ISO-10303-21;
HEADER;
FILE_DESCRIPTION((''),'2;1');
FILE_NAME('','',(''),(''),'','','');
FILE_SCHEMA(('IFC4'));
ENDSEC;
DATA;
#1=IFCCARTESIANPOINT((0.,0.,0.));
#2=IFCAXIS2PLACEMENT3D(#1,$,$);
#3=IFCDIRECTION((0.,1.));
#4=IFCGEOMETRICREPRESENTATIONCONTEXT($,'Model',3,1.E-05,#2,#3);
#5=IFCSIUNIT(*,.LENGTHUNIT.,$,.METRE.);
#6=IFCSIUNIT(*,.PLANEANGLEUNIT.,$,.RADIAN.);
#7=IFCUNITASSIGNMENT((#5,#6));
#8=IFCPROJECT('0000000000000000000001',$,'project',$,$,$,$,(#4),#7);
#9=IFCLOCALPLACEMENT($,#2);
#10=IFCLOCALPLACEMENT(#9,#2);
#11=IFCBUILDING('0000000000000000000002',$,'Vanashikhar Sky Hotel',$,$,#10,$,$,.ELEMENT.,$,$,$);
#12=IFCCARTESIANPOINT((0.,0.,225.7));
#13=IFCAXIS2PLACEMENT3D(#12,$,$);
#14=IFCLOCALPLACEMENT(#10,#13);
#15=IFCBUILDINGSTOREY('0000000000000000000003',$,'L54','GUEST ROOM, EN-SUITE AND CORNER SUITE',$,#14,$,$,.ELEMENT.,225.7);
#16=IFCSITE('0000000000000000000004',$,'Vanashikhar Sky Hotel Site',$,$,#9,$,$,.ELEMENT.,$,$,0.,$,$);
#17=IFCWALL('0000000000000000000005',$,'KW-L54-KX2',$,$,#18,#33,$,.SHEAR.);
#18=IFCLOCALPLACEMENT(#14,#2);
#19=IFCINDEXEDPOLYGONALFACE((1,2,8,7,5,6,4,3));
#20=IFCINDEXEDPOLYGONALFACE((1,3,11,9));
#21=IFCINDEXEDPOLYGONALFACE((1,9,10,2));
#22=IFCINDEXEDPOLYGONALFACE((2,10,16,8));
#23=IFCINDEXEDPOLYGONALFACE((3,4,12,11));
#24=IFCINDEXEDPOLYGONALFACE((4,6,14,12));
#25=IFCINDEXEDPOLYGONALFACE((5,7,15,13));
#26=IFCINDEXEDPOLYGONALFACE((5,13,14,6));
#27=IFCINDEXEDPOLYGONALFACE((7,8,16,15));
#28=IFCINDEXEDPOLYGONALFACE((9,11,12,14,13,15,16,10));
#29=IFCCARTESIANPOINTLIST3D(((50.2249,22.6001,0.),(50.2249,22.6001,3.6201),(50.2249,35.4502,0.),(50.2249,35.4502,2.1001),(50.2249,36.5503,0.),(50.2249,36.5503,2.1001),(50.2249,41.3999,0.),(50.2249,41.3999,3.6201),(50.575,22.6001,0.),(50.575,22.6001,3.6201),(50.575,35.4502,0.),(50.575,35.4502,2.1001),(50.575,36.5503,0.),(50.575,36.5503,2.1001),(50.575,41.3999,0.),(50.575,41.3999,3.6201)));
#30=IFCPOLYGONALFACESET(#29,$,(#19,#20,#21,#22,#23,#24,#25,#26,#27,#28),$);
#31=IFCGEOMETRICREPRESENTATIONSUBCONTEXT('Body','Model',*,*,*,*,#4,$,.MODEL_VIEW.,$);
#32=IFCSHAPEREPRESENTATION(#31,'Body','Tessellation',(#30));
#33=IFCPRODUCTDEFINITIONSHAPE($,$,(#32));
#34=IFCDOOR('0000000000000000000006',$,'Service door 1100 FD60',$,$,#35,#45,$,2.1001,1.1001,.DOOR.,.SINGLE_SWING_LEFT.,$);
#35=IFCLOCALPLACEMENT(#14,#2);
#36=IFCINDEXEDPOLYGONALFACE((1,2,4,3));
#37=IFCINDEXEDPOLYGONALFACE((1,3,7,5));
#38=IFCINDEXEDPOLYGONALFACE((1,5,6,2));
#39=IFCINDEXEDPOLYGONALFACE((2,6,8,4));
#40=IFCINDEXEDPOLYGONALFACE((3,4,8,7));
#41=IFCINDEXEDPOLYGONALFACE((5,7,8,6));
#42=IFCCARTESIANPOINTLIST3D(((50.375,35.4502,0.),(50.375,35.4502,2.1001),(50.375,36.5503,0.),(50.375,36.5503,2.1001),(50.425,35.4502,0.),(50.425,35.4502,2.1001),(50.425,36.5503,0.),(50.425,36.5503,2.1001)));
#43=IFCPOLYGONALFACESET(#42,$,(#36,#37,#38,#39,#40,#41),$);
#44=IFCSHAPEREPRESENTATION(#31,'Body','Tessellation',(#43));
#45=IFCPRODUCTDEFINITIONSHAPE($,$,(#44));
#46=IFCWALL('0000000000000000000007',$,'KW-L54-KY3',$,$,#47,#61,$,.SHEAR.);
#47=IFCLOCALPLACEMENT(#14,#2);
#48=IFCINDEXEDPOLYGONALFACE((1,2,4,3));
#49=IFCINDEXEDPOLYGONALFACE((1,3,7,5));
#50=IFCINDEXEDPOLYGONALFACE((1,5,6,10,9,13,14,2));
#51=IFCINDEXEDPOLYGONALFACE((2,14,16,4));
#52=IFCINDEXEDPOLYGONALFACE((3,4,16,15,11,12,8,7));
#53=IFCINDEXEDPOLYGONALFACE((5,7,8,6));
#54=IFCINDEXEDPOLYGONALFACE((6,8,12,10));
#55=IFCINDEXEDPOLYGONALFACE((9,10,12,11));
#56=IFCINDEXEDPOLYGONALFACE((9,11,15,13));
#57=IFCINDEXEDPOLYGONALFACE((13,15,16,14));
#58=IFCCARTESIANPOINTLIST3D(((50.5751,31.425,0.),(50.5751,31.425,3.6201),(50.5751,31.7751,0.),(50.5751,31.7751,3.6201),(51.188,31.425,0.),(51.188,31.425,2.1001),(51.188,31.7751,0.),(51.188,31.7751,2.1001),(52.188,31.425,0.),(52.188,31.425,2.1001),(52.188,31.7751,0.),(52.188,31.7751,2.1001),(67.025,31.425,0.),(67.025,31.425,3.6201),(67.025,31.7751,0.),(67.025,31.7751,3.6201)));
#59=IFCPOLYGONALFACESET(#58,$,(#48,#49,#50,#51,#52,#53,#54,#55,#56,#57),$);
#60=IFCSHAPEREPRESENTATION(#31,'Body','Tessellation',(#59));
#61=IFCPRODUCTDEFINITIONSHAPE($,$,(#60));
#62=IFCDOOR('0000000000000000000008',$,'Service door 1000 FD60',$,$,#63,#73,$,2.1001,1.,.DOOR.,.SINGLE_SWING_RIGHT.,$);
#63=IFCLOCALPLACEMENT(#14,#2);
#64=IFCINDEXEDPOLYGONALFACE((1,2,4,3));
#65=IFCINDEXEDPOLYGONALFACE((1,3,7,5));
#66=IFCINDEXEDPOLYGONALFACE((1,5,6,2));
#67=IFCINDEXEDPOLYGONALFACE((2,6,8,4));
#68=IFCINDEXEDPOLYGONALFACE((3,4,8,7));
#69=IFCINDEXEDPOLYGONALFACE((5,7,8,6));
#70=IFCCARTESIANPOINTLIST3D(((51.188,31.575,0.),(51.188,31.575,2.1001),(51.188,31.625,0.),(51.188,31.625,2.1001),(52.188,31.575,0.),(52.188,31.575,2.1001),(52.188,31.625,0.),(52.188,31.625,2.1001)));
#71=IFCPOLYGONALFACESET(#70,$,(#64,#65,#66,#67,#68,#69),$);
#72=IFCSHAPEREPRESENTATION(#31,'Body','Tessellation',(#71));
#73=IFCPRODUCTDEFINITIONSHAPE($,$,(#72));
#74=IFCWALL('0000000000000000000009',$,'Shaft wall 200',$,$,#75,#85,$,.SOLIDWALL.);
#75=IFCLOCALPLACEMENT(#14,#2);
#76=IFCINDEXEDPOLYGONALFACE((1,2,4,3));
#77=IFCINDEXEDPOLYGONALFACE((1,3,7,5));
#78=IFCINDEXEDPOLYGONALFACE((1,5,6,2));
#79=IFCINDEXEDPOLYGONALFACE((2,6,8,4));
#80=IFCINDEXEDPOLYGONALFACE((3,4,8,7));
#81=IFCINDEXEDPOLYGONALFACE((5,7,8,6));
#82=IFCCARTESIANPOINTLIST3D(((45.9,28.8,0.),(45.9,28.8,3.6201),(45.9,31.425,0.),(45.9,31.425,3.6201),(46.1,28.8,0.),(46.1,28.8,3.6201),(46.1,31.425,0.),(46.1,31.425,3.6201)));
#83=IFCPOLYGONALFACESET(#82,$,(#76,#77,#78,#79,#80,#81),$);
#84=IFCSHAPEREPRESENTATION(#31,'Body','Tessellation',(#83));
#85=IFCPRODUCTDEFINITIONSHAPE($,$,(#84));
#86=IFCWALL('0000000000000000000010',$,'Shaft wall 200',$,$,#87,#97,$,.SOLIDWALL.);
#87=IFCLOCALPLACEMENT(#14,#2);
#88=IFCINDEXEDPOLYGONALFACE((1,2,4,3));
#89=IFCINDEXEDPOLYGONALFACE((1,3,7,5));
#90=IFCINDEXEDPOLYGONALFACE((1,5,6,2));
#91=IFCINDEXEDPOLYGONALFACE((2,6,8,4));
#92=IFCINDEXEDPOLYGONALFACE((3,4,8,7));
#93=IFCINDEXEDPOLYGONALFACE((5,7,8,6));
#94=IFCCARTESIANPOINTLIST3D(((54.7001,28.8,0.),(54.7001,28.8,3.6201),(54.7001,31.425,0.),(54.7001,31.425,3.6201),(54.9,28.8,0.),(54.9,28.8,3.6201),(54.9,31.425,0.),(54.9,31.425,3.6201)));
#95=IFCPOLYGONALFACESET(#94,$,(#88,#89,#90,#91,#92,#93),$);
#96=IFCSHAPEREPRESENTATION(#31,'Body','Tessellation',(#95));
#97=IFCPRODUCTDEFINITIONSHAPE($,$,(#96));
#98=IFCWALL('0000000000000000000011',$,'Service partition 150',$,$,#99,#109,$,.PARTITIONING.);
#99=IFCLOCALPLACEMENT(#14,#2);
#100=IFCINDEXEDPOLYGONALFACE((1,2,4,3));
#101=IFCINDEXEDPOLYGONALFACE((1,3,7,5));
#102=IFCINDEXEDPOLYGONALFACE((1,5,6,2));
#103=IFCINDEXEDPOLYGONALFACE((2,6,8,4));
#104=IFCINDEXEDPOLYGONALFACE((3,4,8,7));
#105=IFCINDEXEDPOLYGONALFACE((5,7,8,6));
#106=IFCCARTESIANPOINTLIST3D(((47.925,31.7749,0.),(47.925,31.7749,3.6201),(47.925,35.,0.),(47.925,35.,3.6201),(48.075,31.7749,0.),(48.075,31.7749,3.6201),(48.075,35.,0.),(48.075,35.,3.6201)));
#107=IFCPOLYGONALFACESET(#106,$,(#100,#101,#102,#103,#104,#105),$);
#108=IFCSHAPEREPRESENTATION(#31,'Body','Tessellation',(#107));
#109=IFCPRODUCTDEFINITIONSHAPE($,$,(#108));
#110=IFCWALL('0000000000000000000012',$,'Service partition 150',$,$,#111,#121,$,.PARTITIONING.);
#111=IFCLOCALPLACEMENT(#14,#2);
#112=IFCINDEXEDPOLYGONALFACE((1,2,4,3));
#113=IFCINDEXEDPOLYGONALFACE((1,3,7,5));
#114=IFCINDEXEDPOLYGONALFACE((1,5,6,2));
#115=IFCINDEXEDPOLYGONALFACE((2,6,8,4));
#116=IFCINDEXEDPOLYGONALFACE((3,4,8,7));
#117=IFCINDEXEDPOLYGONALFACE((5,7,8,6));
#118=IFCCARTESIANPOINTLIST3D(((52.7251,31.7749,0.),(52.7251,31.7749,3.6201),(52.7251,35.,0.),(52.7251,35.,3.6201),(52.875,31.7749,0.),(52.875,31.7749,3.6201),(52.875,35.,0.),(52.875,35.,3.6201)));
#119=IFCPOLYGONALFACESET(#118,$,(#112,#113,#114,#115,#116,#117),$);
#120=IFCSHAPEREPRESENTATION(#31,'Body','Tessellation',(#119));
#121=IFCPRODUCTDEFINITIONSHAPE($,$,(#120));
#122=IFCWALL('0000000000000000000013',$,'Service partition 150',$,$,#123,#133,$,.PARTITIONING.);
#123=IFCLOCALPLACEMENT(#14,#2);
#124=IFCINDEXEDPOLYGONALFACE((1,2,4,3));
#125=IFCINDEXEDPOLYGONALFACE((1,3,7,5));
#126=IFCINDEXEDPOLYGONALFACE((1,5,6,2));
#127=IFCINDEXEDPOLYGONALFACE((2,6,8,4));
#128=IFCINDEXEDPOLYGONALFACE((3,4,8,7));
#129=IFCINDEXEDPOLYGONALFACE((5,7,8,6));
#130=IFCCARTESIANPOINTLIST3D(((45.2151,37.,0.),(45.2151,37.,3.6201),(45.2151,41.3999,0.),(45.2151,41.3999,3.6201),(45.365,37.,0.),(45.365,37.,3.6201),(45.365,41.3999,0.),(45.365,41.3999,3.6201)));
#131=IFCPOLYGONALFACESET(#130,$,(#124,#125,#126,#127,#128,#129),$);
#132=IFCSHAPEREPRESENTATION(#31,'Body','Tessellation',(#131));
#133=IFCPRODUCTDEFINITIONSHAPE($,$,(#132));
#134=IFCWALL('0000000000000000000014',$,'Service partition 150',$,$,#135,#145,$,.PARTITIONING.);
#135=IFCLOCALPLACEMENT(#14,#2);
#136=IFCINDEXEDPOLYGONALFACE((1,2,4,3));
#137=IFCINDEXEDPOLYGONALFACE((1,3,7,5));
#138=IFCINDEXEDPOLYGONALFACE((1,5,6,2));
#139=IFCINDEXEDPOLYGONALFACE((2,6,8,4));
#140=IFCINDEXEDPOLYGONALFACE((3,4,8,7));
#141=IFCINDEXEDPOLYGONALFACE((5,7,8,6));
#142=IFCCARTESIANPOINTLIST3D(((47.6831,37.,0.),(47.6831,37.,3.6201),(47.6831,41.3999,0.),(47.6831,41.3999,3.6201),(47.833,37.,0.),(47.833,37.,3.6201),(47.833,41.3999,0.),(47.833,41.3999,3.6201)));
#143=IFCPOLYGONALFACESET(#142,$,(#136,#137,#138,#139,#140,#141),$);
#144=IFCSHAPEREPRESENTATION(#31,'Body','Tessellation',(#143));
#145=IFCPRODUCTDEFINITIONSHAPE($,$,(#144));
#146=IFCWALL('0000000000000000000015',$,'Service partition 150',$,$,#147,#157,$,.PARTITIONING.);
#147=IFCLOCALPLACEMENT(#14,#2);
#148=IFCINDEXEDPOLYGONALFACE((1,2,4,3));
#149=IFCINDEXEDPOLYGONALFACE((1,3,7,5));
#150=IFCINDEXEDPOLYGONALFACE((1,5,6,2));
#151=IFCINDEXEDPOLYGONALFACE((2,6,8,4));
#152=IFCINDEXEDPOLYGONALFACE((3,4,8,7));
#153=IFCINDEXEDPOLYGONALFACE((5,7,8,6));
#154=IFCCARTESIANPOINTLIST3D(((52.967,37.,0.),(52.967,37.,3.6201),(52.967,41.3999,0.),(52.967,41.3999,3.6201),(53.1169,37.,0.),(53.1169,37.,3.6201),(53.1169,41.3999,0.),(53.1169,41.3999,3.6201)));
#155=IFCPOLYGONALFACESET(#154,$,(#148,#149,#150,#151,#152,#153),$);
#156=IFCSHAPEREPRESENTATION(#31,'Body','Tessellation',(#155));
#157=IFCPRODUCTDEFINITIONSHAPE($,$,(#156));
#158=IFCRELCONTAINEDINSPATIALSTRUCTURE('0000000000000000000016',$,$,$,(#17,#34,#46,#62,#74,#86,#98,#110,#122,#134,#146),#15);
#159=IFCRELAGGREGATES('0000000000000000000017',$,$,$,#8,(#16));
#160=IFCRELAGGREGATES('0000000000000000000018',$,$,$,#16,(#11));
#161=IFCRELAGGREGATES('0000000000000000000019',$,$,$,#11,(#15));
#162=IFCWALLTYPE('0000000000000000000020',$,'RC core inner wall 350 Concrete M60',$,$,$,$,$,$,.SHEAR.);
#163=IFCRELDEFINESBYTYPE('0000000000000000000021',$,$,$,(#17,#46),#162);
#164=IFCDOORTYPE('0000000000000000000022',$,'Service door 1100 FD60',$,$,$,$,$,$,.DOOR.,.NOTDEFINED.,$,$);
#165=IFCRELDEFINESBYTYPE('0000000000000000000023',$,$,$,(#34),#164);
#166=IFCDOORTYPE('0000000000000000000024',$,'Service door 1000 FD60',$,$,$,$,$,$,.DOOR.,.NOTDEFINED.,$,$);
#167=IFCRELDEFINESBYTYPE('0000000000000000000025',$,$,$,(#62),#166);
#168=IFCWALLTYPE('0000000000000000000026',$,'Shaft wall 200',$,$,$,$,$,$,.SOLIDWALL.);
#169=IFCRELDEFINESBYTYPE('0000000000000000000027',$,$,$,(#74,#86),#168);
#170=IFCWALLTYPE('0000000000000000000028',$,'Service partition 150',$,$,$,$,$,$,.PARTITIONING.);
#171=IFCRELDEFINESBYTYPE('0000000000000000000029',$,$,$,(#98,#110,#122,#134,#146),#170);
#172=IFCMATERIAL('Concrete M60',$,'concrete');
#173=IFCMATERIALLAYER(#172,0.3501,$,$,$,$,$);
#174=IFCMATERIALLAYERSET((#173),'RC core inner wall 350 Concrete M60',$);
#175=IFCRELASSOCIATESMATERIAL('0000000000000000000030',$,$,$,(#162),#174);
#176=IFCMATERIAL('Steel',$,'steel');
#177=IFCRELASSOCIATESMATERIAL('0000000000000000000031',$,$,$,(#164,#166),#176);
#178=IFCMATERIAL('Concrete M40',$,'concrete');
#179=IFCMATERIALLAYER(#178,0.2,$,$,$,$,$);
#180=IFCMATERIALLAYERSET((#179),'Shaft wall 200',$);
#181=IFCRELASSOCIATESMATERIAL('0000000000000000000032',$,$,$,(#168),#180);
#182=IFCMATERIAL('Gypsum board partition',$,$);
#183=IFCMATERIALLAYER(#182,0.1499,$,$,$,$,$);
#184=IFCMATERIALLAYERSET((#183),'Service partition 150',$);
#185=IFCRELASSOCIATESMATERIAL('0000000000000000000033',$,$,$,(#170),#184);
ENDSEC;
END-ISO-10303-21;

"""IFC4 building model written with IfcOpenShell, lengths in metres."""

from ifc_helpers import new_model, si_unit, direction, frame, frame_2d, origin, place, context, subcontext, project, spatial, rectangle, extrude, source, transform, mapped, material, layer, layer_set, type_object, element, fill, save


model = new_model("IFC4")

# Units and contexts
model_context = context("Model", 3, precision=1e-05, world=origin(), true_north=direction((0.0, 1.0)))
body_context = subcontext(model_context, "Body", "Model", "MODEL_VIEW")
ifc_project = project(units=[si_unit("LENGTHUNIT", "METRE"), si_unit("PLANEANGLEUNIT", "RADIAN")], contexts=[model_context])

# Site, building, storey
site_placement = place(None, origin())
site = spatial("IfcSite", under=ifc_project, at=site_placement, Name="Vanashikhar Sky Hotel Site", CompositionType="ELEMENT", RefElevation=0.0)
building_placement = place(site_placement, origin())
building = spatial("IfcBuilding", under=site, at=building_placement, Name="Vanashikhar Sky Hotel", CompositionType="ELEMENT")
storey_placement = place(building_placement, frame((0.0, 0.0, 225.7)))
storey = spatial("IfcBuildingStorey", under=building, at=storey_placement, Name="L54", Description="GUEST ROOM, EN-SUITE AND CORNER SUITE", CompositionType="ELEMENT", Elevation=225.7)

# Walls, openings, doors
ifc_material_1 = material(Name="Concrete M60", Category="concrete")
ifc_layer_1 = layer(ifc_material_1, 0.3501)
ifc_layer_set_1 = layer_set([ifc_layer_1], Name="RC core inner wall 350 Concrete M60")
wall_type_1 = type_object("IfcWallType", Name="RC core inner wall 350 Concrete M60", PredefinedType="SHEAR", material=ifc_layer_set_1)
shared_shape_1 = source(origin(), body_context, "Body", "SweptSolid", [
    extrude(rectangle(XDim=18.7998, YDim=0.3501, at=frame_2d((9.3999, 0.0))), origin(), (0.0, 0.0, 1.0), 3.6201),
])
wall_1_placement = place(storey_placement, frame((50.3999, 22.6001, 0.0), z_axis=(0.0, 0.0, 1.0), x_axis=(0.0, 1.0, 0.0)))
wall_1 = element("IfcWall", 1, at=wall_1_placement, inside=storey, type_object=wall_type_1, Name="KW-L54-KX2", PredefinedType="SHEAR", context=body_context, shape_type="MappedRepresentation", body=[
    mapped(shared_shape_1, transform((0.0, 0.0, 0.0), scale=1.0)),
])
shared_shape_2 = source(origin(), body_context, "Body", "SweptSolid", [
    extrude(rectangle(XDim=1.1001, YDim=2.1001, at=frame_2d((0.55, 1.05))), frame((0.0, 0.1851, 0.0), z_axis=(0.0, -1.0, 0.0), x_axis=(1.0, 0.0, 0.0)), (0.0, 0.0, 1.0), 0.3701),
])
opening_1_placement = place(wall_1_placement, frame((12.8501, 0.0, 0.0)))
opening_1 = element("IfcOpeningElement", 2, at=opening_1_placement, cuts=wall_1, PredefinedType="OPENING", context=body_context, shape_type="MappedRepresentation", body=[
    mapped(shared_shape_2, transform((0.0, 0.0, 0.0), scale=1.0)),
])
ifc_material_2 = material(Name="Steel", Category="steel")
door_type_1 = type_object("IfcDoorType", Name="Service door 1100 FD60", OperationType="NOTDEFINED", PredefinedType="DOOR", material=ifc_material_2)
shared_shape_3 = source(origin(), body_context, "Body", "SweptSolid", [
    extrude(rectangle(XDim=1.1001, YDim=2.1001, at=frame_2d((0.55, 1.05))), frame((0.0, 0.0249, 0.0), z_axis=(0.0, -1.0, 0.0), x_axis=(1.0, 0.0, 0.0)), (0.0, 0.0, 1.0), 0.05),
])
door_1_placement = place(opening_1_placement, origin())
door_1 = element("IfcDoor", 3, at=door_1_placement, inside=storey, type_object=door_type_1, Name="Service door 1100 FD60", OperationType="SINGLE_SWING_LEFT", OverallHeight=2.1001, OverallWidth=1.1001, PredefinedType="DOOR", context=body_context, shape_type="MappedRepresentation", body=[
    mapped(shared_shape_3, transform((0.0, 0.0, 0.0), scale=1.0)),
])
fill(opening_1, door_1)
shared_shape_4 = source(origin(), body_context, "Body", "SweptSolid", [
    extrude(rectangle(XDim=16.45, YDim=0.3501, at=frame_2d((8.2251, 0.0))), origin(), (0.0, 0.0, 1.0), 3.6201),
])
wall_2_placement = place(storey_placement, frame((50.575, 31.6001, 0.0), z_axis=(0.0, 0.0, 1.0), x_axis=(1.0, 0.0, 0.0)))
wall_2 = element("IfcWall", 4, at=wall_2_placement, inside=storey, type_object=wall_type_1, Name="KW-L54-KY3", PredefinedType="SHEAR", context=body_context, shape_type="MappedRepresentation", body=[
    mapped(shared_shape_4, transform((0.0, 0.0, 0.0), scale=1.0)),
])
shared_shape_5 = source(origin(), body_context, "Body", "SweptSolid", [
    extrude(rectangle(XDim=1.0, YDim=2.1001, at=frame_2d((0.5, 1.05))), frame((0.0, 0.1851, 0.0), z_axis=(0.0, -1.0, 0.0), x_axis=(1.0, 0.0, 0.0)), (0.0, 0.0, 1.0), 0.3701),
])
opening_2_placement = place(wall_2_placement, frame((0.613, 0.0, 0.0)))
opening_2 = element("IfcOpeningElement", 5, at=opening_2_placement, cuts=wall_2, PredefinedType="OPENING", context=body_context, shape_type="MappedRepresentation", body=[
    mapped(shared_shape_5, transform((0.0, 0.0, 0.0), scale=1.0)),
])
door_type_2 = type_object("IfcDoorType", Name="Service door 1000 FD60", OperationType="NOTDEFINED", PredefinedType="DOOR", material=ifc_material_2)
shared_shape_6 = source(origin(), body_context, "Body", "SweptSolid", [
    extrude(rectangle(XDim=1.0, YDim=2.1001, at=frame_2d((0.5, 1.05))), frame((0.0, 0.0249, 0.0), z_axis=(0.0, -1.0, 0.0), x_axis=(1.0, 0.0, 0.0)), (0.0, 0.0, 1.0), 0.05),
])
door_2_placement = place(opening_2_placement, origin())
door_2 = element("IfcDoor", 6, at=door_2_placement, inside=storey, type_object=door_type_2, Name="Service door 1000 FD60", OperationType="SINGLE_SWING_RIGHT", OverallHeight=2.1001, OverallWidth=1.0, PredefinedType="DOOR", context=body_context, shape_type="MappedRepresentation", body=[
    mapped(shared_shape_6, transform((0.0, 0.0, 0.0), scale=1.0)),
])
fill(opening_2, door_2)

# Walls
ifc_material_3 = material(Name="Concrete M40", Category="concrete")
ifc_layer_2 = layer(ifc_material_3, 0.2)
ifc_layer_set_2 = layer_set([ifc_layer_2], Name="Shaft wall 200")
wall_type_2 = type_object("IfcWallType", Name="Shaft wall 200", PredefinedType="SOLIDWALL", material=ifc_layer_set_2)
shared_shape_7 = source(origin(), body_context, "Body", "SweptSolid", [
    extrude(rectangle(XDim=2.625, YDim=0.2, at=frame_2d((1.3125, 0.0))), origin(), (0.0, 0.0, 1.0), 3.6201),
])
for number, where, z_axis, x_axis, name in (
    (7, (46.0, 28.8, 0.0), (0.0, 0.0, 1.0), (0.0, 1.0, 0.0), "Shaft wall 200"),
    (8, (54.8, 28.8, 0.0), (0.0, 0.0, 1.0), (0.0, 1.0, 0.0), "Shaft wall 200"),
):
    element("IfcWall", number, at=place(storey_placement, frame(where, z_axis=z_axis, x_axis=x_axis)), inside=storey, type_object=wall_type_2, Name=name, PredefinedType="SOLIDWALL", context=body_context, shape_type="MappedRepresentation", body=[
        mapped(shared_shape_7, transform((0.0, 0.0, 0.0), scale=1.0)),
    ])
ifc_material_4 = material(Name="Gypsum board partition")
ifc_layer_3 = layer(ifc_material_4, 0.1499)
ifc_layer_set_3 = layer_set([ifc_layer_3], Name="Service partition 150")
wall_type_3 = type_object("IfcWallType", Name="Service partition 150", PredefinedType="PARTITIONING", material=ifc_layer_set_3)
shared_shape_8 = source(origin(), body_context, "Body", "SweptSolid", [
    extrude(rectangle(XDim=3.2251, YDim=0.1499, at=frame_2d((1.6125, 0.0))), origin(), (0.0, 0.0, 1.0), 3.6201),
])
for number, where, z_axis, x_axis, name in (
    (9, (48.0, 31.7749, 0.0), (0.0, 0.0, 1.0), (0.0, 1.0, 0.0), "Service partition 150"),
    (10, (52.8, 31.7749, 0.0), (0.0, 0.0, 1.0), (0.0, 1.0, 0.0), "Service partition 150"),
):
    element("IfcWall", number, at=place(storey_placement, frame(where, z_axis=z_axis, x_axis=x_axis)), inside=storey, type_object=wall_type_3, Name=name, PredefinedType="PARTITIONING", context=body_context, shape_type="MappedRepresentation", body=[
        mapped(shared_shape_8, transform((0.0, 0.0, 0.0), scale=1.0)),
    ])
shared_shape_9 = source(origin(), body_context, "Body", "SweptSolid", [
    extrude(rectangle(XDim=4.3999, YDim=0.1499, at=frame_2d((2.2, 0.0))), origin(), (0.0, 0.0, 1.0), 3.6201),
])
for number, where, z_axis, x_axis, name in (
    (11, (45.29, 37.0, 0.0), (0.0, 0.0, 1.0), (0.0, 1.0, 0.0), "Service partition 150"),
    (12, (47.7581, 37.0, 0.0), (0.0, 0.0, 1.0), (0.0, 1.0, 0.0), "Service partition 150"),
    (13, (53.042, 37.0, 0.0), (0.0, 0.0, 1.0), (0.0, 1.0, 0.0), "Service partition 150"),
):
    element("IfcWall", number, at=place(storey_placement, frame(where, z_axis=z_axis, x_axis=x_axis)), inside=storey, type_object=wall_type_3, Name=name, PredefinedType="PARTITIONING", context=body_context, shape_type="MappedRepresentation", body=[
        mapped(shared_shape_9, transform((0.0, 0.0, 0.0), scale=1.0)),
    ])

save(model, "model.ifc")
